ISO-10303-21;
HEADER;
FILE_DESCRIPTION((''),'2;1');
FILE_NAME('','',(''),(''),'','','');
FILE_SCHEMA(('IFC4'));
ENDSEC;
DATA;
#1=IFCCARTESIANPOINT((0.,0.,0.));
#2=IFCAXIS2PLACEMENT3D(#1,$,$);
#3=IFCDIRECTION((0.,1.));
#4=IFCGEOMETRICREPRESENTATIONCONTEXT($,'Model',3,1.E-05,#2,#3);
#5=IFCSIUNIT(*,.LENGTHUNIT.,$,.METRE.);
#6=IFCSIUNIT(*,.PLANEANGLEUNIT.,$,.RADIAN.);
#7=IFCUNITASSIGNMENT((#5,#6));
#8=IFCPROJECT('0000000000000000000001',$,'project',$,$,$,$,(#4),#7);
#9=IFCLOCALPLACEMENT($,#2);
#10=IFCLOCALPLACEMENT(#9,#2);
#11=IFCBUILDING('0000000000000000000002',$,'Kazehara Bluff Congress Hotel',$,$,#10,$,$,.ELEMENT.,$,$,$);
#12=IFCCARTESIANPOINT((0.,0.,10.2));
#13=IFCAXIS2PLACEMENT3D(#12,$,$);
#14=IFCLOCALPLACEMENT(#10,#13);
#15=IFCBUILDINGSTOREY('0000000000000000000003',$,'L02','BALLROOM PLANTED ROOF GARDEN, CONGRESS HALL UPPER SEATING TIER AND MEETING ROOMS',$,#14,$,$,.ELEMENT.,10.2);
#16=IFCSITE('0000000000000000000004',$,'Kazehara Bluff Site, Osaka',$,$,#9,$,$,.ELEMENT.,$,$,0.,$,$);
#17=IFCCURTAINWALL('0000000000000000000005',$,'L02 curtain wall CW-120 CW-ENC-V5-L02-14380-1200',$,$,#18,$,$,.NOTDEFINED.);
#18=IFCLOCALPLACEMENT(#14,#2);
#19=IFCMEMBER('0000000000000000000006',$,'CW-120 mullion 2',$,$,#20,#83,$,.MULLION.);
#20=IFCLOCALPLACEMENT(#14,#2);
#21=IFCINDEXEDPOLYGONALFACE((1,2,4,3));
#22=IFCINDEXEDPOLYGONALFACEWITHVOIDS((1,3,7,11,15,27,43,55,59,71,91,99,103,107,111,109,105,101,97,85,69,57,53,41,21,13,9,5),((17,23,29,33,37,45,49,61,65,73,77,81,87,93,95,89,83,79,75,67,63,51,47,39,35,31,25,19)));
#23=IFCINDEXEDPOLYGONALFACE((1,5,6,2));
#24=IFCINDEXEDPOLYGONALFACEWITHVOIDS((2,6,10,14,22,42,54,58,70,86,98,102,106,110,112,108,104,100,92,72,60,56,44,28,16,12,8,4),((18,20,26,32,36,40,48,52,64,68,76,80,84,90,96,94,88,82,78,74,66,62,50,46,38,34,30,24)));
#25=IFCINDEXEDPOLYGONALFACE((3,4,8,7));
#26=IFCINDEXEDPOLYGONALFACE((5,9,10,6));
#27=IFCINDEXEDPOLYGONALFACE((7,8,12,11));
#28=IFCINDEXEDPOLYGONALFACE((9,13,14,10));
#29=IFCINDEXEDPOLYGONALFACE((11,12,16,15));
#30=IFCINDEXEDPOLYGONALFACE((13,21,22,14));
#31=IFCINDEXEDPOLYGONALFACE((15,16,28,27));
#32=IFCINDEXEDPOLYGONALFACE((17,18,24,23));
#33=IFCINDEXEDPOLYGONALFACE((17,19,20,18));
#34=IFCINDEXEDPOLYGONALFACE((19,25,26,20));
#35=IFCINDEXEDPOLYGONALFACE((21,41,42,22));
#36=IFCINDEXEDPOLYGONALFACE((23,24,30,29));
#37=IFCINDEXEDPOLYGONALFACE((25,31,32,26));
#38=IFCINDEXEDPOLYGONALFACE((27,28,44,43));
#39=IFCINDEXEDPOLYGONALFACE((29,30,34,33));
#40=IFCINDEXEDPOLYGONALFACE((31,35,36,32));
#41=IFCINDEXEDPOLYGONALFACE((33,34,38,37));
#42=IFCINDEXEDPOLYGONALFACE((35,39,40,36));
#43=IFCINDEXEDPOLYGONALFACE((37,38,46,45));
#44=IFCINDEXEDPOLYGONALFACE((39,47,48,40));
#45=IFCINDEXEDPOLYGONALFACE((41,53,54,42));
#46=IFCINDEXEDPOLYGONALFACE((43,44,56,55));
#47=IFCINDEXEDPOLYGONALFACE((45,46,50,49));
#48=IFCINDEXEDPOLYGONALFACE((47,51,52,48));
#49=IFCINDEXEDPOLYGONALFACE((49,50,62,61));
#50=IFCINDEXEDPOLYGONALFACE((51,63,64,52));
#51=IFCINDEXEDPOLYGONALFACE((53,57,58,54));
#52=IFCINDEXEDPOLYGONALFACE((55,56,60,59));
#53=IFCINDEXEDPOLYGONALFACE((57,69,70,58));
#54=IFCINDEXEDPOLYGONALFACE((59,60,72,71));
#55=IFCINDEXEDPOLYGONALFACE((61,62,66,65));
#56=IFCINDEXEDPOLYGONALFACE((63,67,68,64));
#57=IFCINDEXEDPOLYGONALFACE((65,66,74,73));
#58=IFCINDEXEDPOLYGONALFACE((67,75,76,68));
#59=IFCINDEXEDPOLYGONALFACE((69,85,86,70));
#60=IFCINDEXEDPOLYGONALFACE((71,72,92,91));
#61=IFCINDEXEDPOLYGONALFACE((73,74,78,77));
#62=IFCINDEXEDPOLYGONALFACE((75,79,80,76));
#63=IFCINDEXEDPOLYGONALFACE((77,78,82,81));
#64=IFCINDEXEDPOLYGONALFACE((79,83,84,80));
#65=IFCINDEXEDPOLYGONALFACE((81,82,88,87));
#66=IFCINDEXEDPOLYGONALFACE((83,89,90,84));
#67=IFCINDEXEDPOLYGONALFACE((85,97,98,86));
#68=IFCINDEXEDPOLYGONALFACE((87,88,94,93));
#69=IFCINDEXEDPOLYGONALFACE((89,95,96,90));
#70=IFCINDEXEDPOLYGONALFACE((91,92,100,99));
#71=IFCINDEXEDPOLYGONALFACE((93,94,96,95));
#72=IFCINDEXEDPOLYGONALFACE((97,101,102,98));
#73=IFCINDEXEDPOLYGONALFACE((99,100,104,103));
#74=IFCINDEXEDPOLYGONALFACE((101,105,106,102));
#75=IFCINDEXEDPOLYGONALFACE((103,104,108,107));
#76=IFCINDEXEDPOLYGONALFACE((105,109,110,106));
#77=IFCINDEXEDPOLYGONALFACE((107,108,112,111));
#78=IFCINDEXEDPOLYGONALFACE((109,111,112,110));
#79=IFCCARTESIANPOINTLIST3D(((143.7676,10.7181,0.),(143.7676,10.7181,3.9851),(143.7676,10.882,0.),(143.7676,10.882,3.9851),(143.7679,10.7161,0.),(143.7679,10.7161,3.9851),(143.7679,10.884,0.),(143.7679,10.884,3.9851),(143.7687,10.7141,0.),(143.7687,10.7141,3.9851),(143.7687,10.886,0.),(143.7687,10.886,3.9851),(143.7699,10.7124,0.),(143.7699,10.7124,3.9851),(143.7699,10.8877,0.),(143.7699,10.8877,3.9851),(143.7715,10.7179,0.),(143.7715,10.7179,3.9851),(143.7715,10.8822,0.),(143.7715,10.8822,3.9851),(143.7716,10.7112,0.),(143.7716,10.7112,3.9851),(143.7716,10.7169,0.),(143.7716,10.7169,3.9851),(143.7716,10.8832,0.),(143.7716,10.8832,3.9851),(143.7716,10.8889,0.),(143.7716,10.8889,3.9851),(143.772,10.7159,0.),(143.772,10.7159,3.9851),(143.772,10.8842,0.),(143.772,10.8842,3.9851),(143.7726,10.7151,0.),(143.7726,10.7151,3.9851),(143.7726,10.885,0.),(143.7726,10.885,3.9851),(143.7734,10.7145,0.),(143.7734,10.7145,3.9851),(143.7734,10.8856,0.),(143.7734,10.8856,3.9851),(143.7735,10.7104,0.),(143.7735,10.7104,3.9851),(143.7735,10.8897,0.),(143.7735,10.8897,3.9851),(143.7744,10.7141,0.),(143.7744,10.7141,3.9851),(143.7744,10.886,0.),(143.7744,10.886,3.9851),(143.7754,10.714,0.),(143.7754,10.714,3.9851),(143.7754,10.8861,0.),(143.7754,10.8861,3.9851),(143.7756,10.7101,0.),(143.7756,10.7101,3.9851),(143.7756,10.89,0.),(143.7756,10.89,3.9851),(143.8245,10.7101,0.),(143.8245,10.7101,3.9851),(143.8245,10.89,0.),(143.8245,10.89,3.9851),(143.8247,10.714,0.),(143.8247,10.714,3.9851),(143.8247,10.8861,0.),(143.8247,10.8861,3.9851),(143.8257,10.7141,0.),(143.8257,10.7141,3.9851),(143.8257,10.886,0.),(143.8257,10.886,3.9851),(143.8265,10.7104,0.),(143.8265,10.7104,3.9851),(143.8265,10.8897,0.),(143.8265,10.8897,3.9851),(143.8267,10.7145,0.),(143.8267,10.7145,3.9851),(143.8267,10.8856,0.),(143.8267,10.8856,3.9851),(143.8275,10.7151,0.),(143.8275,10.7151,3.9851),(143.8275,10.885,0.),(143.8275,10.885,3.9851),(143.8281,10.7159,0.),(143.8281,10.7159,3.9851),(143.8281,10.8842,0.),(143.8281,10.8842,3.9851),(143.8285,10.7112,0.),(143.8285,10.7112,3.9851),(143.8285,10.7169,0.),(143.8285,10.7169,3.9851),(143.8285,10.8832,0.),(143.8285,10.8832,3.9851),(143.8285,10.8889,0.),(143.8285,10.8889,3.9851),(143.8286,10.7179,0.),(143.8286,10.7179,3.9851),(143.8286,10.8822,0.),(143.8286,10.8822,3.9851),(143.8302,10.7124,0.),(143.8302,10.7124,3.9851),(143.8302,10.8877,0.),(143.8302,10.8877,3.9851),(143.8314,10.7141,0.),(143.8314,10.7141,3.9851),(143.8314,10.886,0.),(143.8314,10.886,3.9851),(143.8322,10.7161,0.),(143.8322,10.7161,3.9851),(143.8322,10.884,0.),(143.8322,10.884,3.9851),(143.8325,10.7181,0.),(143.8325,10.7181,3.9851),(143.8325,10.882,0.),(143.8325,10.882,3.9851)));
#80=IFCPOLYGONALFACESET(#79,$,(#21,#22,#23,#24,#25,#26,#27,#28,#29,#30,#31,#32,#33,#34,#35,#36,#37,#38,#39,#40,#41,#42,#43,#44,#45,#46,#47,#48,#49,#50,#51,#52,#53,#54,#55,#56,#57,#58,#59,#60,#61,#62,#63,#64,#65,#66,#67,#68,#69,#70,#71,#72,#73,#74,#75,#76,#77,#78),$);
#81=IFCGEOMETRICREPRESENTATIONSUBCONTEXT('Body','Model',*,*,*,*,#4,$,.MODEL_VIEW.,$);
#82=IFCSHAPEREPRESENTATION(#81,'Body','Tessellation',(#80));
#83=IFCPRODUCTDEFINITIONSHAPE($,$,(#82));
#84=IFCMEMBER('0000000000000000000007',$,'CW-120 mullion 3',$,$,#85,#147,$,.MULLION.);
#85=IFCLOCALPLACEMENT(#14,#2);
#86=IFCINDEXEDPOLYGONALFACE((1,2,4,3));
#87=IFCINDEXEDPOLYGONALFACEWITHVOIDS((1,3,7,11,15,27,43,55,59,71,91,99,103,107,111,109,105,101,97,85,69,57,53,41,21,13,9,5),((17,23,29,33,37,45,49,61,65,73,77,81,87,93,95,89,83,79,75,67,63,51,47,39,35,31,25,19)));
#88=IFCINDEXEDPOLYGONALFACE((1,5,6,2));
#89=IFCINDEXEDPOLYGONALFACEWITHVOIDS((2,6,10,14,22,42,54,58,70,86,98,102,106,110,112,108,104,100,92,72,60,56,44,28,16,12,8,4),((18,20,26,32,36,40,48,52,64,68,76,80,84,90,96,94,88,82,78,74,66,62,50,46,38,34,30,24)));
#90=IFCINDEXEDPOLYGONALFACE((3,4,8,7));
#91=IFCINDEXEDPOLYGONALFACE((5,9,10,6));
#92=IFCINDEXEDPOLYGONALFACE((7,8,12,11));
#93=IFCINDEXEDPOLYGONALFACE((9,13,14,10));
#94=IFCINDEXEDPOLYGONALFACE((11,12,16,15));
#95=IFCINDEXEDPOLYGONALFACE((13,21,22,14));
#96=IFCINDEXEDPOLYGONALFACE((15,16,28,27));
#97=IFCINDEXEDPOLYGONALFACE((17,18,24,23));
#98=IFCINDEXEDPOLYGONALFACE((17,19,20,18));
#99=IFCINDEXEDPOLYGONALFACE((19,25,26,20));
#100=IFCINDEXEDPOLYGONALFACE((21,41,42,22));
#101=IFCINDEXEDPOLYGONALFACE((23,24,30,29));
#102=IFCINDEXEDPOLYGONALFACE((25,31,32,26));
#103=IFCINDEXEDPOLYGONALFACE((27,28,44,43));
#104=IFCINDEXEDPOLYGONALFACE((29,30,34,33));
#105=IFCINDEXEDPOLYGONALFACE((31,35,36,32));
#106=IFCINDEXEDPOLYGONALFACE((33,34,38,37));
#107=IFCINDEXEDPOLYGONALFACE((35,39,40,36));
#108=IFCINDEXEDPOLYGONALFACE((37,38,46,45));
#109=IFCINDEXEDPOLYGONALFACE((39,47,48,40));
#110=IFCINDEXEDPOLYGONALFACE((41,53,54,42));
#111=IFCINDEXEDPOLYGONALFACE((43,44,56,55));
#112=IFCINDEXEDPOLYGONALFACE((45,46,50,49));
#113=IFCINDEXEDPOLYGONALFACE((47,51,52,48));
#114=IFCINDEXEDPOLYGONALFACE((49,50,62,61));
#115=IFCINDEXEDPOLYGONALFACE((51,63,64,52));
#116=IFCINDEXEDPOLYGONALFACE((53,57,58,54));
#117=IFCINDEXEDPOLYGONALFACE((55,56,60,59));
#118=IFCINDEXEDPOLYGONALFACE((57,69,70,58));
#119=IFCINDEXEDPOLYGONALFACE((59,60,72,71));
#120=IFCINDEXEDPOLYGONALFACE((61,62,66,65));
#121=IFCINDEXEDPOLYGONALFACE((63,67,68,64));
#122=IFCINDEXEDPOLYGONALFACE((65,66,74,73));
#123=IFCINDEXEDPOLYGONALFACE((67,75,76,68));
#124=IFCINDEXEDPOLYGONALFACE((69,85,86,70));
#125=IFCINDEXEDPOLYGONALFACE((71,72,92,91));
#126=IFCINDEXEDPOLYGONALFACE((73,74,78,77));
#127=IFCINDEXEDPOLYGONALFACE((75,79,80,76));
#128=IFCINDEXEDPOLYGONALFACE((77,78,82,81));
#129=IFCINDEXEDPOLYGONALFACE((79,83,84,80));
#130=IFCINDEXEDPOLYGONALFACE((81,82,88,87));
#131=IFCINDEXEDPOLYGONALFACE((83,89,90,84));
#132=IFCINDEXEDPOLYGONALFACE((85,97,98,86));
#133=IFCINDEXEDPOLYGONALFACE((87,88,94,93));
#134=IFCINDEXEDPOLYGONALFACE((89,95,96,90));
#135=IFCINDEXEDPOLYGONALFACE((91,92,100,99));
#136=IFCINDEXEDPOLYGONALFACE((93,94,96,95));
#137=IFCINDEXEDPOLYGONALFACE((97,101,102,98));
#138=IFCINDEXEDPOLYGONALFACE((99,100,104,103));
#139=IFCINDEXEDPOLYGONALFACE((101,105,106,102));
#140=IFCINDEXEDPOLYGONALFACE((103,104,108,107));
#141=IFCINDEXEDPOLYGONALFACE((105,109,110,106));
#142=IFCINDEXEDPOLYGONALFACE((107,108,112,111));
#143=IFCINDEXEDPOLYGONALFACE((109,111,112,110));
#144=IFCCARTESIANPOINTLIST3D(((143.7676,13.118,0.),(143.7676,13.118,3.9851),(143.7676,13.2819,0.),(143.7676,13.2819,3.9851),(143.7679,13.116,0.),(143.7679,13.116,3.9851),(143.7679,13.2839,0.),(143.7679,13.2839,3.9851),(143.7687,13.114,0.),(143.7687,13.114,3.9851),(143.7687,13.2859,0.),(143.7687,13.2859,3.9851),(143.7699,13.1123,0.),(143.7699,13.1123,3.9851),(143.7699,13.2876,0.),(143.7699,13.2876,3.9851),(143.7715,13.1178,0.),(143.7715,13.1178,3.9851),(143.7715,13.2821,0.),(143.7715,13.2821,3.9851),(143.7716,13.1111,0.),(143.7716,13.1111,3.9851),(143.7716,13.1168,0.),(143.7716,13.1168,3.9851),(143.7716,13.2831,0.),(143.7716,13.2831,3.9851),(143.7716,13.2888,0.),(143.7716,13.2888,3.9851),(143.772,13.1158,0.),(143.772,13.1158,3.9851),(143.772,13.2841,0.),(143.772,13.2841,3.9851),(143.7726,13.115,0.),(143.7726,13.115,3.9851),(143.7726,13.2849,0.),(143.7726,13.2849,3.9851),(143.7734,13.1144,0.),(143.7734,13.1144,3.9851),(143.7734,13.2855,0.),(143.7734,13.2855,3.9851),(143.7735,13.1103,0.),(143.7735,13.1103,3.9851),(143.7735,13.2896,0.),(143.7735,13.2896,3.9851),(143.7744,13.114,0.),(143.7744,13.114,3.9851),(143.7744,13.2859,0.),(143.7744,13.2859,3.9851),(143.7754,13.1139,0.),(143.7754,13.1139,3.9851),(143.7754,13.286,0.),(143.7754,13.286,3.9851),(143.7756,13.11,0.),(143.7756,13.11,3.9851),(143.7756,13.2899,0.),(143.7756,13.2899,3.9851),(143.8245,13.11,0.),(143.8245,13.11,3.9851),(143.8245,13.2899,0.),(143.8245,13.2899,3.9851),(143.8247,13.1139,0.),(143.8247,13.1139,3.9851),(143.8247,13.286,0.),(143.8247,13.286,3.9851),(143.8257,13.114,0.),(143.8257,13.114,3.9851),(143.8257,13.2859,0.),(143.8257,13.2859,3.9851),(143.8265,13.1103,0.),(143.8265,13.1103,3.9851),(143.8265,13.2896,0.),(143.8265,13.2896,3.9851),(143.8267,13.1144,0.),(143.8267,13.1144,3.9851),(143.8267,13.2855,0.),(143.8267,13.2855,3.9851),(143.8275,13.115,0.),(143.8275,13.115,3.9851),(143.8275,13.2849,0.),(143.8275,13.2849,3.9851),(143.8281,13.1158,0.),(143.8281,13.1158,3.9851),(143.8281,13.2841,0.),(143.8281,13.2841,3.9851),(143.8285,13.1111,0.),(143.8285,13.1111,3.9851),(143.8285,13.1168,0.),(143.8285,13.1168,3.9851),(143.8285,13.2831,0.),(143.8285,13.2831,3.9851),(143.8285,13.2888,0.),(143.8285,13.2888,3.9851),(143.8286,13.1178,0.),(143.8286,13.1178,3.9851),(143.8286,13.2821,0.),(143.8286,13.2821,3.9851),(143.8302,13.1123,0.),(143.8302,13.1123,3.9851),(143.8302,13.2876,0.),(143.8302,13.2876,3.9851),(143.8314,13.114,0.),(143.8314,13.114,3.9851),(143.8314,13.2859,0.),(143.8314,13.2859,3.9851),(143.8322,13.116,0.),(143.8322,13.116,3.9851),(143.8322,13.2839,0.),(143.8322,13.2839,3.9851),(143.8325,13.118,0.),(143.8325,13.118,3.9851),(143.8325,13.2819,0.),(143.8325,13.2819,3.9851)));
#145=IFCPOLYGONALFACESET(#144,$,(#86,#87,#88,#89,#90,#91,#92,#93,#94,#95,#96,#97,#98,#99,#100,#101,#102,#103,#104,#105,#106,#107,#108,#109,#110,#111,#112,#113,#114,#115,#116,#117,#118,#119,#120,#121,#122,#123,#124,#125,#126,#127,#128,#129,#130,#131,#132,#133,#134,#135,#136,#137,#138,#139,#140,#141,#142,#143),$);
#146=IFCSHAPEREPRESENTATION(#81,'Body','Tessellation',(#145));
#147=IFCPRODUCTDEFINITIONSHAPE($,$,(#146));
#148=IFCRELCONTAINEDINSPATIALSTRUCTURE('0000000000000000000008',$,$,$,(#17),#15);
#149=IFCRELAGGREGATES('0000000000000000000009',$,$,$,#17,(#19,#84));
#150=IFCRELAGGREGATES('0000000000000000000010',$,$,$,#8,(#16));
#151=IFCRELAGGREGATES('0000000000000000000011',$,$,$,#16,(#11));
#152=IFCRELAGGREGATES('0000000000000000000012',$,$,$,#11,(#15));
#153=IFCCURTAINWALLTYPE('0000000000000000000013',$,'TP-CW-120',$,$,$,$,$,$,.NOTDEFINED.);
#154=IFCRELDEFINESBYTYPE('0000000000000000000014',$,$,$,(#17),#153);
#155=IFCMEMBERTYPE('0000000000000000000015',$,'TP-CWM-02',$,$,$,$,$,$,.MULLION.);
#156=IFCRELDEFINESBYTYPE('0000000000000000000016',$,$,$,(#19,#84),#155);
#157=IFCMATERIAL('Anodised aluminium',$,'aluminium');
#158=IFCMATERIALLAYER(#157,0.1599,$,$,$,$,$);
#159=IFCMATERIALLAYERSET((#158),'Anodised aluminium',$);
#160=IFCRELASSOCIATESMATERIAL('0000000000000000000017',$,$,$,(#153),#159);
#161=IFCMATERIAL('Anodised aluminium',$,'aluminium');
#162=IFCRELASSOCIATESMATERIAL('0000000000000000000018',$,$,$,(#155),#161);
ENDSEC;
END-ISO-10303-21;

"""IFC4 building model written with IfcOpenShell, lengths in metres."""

from ifc_helpers import new_model, si_unit, direction, frame, origin, origin_2d, place, context, subcontext, project, spatial, hollow_rectangle, extrude, material, layer, layer_set, material_profile, profile_set, type_object, element, aggregate, save


model = new_model("IFC4")

# Units and contexts
model_context = context("Model", 3, precision=1e-05, world=origin(), true_north=direction((0.0, 1.0)))
body_context = subcontext(model_context, "Body", "Model", "MODEL_VIEW")
ifc_project = project(units=[si_unit("LENGTHUNIT", "METRE"), si_unit("PLANEANGLEUNIT", "RADIAN")], contexts=[model_context])

# Site, building, storey
site_placement = place(None, origin())
site = spatial("IfcSite", under=ifc_project, at=site_placement, Name="Kazehara Bluff Site, Osaka", CompositionType="ELEMENT", RefElevation=0.0)
building_placement = place(site_placement, origin())
building = spatial("IfcBuilding", under=site, at=building_placement, Name="Kazehara Bluff Congress Hotel", CompositionType="ELEMENT")
storey_placement = place(building_placement, frame((0.0, 0.0, 10.2)))
storey = spatial("IfcBuildingStorey", under=building, at=storey_placement, Name="L02", Description="BALLROOM PLANTED ROOF GARDEN, CONGRESS HALL UPPER SEATING TIER AND MEETING ROOMS", CompositionType="ELEMENT", Elevation=10.2)

# Curtain wall, members
ifc_material_1 = material(Name="Anodised aluminium", Category="aluminium")
ifc_layer_1 = layer(ifc_material_1, 0.1599)
ifc_layer_set_1 = layer_set([ifc_layer_1], Name="Anodised aluminium")
curtain_wall_type_1 = type_object("IfcCurtainWallType", Name="TP-CW-120", PredefinedType="NOTDEFINED", material=ifc_layer_set_1)
curtain_wall_1_placement = place(storey_placement, origin())
curtain_wall_1 = element("IfcCurtainWall", 1, at=curtain_wall_1_placement, inside=storey, type_object=curtain_wall_type_1, Name="L02 curtain wall CW-120 CW-ENC-V5-L02-14380-1200", PredefinedType="NOTDEFINED")
ifc_material_2 = material(Name="Anodised aluminium", Category="aluminium")
ifc_material_profile_1 = material_profile(ifc_material_2, hollow_rectangle(XDim=0.0649, YDim=0.1799, WallThickness=0.0039, InnerFilletRadius=0.0039, OuterFilletRadius=0.0081, at=origin_2d()))
ifc_profile_set_1 = profile_set([ifc_material_profile_1], Name="Anodised aluminium")
member_type_1 = type_object("IfcMemberType", Name="TP-CWM-02", PredefinedType="MULLION", material=ifc_profile_set_1)
member_1_placement = place(storey_placement, frame((143.8, 10.8, 0.0), z_axis=(0.0, 0.0, 1.0), x_axis=(-1.0, 0.0, 0.0)))
member_1 = element("IfcMember", 2, at=member_1_placement, type_object=member_type_1, Name="CW-120 mullion 2", PredefinedType="MULLION", context=body_context, shape_type="SweptSolid", body=[
    extrude(hollow_rectangle(XDim=0.0649, YDim=0.1799, WallThickness=0.0039, InnerFilletRadius=0.0039, OuterFilletRadius=0.0081, at=origin_2d()), origin(), (0.0, 0.0, 1.0), 3.9851),
])
member_2_placement = place(storey_placement, frame((143.8, 13.2, 0.0), z_axis=(0.0, 0.0, 1.0), x_axis=(-1.0, 0.0, 0.0)))
member_2 = element("IfcMember", 3, at=member_2_placement, type_object=member_type_1, Name="CW-120 mullion 3", PredefinedType="MULLION", context=body_context, shape_type="SweptSolid", body=[
    extrude(hollow_rectangle(XDim=0.0649, YDim=0.1799, WallThickness=0.0039, InnerFilletRadius=0.0039, OuterFilletRadius=0.0081, at=origin_2d()), origin(), (0.0, 0.0, 1.0), 3.9851),
])

aggregate(curtain_wall_1, [member_1, member_2])

save(model, "model.ifc")
